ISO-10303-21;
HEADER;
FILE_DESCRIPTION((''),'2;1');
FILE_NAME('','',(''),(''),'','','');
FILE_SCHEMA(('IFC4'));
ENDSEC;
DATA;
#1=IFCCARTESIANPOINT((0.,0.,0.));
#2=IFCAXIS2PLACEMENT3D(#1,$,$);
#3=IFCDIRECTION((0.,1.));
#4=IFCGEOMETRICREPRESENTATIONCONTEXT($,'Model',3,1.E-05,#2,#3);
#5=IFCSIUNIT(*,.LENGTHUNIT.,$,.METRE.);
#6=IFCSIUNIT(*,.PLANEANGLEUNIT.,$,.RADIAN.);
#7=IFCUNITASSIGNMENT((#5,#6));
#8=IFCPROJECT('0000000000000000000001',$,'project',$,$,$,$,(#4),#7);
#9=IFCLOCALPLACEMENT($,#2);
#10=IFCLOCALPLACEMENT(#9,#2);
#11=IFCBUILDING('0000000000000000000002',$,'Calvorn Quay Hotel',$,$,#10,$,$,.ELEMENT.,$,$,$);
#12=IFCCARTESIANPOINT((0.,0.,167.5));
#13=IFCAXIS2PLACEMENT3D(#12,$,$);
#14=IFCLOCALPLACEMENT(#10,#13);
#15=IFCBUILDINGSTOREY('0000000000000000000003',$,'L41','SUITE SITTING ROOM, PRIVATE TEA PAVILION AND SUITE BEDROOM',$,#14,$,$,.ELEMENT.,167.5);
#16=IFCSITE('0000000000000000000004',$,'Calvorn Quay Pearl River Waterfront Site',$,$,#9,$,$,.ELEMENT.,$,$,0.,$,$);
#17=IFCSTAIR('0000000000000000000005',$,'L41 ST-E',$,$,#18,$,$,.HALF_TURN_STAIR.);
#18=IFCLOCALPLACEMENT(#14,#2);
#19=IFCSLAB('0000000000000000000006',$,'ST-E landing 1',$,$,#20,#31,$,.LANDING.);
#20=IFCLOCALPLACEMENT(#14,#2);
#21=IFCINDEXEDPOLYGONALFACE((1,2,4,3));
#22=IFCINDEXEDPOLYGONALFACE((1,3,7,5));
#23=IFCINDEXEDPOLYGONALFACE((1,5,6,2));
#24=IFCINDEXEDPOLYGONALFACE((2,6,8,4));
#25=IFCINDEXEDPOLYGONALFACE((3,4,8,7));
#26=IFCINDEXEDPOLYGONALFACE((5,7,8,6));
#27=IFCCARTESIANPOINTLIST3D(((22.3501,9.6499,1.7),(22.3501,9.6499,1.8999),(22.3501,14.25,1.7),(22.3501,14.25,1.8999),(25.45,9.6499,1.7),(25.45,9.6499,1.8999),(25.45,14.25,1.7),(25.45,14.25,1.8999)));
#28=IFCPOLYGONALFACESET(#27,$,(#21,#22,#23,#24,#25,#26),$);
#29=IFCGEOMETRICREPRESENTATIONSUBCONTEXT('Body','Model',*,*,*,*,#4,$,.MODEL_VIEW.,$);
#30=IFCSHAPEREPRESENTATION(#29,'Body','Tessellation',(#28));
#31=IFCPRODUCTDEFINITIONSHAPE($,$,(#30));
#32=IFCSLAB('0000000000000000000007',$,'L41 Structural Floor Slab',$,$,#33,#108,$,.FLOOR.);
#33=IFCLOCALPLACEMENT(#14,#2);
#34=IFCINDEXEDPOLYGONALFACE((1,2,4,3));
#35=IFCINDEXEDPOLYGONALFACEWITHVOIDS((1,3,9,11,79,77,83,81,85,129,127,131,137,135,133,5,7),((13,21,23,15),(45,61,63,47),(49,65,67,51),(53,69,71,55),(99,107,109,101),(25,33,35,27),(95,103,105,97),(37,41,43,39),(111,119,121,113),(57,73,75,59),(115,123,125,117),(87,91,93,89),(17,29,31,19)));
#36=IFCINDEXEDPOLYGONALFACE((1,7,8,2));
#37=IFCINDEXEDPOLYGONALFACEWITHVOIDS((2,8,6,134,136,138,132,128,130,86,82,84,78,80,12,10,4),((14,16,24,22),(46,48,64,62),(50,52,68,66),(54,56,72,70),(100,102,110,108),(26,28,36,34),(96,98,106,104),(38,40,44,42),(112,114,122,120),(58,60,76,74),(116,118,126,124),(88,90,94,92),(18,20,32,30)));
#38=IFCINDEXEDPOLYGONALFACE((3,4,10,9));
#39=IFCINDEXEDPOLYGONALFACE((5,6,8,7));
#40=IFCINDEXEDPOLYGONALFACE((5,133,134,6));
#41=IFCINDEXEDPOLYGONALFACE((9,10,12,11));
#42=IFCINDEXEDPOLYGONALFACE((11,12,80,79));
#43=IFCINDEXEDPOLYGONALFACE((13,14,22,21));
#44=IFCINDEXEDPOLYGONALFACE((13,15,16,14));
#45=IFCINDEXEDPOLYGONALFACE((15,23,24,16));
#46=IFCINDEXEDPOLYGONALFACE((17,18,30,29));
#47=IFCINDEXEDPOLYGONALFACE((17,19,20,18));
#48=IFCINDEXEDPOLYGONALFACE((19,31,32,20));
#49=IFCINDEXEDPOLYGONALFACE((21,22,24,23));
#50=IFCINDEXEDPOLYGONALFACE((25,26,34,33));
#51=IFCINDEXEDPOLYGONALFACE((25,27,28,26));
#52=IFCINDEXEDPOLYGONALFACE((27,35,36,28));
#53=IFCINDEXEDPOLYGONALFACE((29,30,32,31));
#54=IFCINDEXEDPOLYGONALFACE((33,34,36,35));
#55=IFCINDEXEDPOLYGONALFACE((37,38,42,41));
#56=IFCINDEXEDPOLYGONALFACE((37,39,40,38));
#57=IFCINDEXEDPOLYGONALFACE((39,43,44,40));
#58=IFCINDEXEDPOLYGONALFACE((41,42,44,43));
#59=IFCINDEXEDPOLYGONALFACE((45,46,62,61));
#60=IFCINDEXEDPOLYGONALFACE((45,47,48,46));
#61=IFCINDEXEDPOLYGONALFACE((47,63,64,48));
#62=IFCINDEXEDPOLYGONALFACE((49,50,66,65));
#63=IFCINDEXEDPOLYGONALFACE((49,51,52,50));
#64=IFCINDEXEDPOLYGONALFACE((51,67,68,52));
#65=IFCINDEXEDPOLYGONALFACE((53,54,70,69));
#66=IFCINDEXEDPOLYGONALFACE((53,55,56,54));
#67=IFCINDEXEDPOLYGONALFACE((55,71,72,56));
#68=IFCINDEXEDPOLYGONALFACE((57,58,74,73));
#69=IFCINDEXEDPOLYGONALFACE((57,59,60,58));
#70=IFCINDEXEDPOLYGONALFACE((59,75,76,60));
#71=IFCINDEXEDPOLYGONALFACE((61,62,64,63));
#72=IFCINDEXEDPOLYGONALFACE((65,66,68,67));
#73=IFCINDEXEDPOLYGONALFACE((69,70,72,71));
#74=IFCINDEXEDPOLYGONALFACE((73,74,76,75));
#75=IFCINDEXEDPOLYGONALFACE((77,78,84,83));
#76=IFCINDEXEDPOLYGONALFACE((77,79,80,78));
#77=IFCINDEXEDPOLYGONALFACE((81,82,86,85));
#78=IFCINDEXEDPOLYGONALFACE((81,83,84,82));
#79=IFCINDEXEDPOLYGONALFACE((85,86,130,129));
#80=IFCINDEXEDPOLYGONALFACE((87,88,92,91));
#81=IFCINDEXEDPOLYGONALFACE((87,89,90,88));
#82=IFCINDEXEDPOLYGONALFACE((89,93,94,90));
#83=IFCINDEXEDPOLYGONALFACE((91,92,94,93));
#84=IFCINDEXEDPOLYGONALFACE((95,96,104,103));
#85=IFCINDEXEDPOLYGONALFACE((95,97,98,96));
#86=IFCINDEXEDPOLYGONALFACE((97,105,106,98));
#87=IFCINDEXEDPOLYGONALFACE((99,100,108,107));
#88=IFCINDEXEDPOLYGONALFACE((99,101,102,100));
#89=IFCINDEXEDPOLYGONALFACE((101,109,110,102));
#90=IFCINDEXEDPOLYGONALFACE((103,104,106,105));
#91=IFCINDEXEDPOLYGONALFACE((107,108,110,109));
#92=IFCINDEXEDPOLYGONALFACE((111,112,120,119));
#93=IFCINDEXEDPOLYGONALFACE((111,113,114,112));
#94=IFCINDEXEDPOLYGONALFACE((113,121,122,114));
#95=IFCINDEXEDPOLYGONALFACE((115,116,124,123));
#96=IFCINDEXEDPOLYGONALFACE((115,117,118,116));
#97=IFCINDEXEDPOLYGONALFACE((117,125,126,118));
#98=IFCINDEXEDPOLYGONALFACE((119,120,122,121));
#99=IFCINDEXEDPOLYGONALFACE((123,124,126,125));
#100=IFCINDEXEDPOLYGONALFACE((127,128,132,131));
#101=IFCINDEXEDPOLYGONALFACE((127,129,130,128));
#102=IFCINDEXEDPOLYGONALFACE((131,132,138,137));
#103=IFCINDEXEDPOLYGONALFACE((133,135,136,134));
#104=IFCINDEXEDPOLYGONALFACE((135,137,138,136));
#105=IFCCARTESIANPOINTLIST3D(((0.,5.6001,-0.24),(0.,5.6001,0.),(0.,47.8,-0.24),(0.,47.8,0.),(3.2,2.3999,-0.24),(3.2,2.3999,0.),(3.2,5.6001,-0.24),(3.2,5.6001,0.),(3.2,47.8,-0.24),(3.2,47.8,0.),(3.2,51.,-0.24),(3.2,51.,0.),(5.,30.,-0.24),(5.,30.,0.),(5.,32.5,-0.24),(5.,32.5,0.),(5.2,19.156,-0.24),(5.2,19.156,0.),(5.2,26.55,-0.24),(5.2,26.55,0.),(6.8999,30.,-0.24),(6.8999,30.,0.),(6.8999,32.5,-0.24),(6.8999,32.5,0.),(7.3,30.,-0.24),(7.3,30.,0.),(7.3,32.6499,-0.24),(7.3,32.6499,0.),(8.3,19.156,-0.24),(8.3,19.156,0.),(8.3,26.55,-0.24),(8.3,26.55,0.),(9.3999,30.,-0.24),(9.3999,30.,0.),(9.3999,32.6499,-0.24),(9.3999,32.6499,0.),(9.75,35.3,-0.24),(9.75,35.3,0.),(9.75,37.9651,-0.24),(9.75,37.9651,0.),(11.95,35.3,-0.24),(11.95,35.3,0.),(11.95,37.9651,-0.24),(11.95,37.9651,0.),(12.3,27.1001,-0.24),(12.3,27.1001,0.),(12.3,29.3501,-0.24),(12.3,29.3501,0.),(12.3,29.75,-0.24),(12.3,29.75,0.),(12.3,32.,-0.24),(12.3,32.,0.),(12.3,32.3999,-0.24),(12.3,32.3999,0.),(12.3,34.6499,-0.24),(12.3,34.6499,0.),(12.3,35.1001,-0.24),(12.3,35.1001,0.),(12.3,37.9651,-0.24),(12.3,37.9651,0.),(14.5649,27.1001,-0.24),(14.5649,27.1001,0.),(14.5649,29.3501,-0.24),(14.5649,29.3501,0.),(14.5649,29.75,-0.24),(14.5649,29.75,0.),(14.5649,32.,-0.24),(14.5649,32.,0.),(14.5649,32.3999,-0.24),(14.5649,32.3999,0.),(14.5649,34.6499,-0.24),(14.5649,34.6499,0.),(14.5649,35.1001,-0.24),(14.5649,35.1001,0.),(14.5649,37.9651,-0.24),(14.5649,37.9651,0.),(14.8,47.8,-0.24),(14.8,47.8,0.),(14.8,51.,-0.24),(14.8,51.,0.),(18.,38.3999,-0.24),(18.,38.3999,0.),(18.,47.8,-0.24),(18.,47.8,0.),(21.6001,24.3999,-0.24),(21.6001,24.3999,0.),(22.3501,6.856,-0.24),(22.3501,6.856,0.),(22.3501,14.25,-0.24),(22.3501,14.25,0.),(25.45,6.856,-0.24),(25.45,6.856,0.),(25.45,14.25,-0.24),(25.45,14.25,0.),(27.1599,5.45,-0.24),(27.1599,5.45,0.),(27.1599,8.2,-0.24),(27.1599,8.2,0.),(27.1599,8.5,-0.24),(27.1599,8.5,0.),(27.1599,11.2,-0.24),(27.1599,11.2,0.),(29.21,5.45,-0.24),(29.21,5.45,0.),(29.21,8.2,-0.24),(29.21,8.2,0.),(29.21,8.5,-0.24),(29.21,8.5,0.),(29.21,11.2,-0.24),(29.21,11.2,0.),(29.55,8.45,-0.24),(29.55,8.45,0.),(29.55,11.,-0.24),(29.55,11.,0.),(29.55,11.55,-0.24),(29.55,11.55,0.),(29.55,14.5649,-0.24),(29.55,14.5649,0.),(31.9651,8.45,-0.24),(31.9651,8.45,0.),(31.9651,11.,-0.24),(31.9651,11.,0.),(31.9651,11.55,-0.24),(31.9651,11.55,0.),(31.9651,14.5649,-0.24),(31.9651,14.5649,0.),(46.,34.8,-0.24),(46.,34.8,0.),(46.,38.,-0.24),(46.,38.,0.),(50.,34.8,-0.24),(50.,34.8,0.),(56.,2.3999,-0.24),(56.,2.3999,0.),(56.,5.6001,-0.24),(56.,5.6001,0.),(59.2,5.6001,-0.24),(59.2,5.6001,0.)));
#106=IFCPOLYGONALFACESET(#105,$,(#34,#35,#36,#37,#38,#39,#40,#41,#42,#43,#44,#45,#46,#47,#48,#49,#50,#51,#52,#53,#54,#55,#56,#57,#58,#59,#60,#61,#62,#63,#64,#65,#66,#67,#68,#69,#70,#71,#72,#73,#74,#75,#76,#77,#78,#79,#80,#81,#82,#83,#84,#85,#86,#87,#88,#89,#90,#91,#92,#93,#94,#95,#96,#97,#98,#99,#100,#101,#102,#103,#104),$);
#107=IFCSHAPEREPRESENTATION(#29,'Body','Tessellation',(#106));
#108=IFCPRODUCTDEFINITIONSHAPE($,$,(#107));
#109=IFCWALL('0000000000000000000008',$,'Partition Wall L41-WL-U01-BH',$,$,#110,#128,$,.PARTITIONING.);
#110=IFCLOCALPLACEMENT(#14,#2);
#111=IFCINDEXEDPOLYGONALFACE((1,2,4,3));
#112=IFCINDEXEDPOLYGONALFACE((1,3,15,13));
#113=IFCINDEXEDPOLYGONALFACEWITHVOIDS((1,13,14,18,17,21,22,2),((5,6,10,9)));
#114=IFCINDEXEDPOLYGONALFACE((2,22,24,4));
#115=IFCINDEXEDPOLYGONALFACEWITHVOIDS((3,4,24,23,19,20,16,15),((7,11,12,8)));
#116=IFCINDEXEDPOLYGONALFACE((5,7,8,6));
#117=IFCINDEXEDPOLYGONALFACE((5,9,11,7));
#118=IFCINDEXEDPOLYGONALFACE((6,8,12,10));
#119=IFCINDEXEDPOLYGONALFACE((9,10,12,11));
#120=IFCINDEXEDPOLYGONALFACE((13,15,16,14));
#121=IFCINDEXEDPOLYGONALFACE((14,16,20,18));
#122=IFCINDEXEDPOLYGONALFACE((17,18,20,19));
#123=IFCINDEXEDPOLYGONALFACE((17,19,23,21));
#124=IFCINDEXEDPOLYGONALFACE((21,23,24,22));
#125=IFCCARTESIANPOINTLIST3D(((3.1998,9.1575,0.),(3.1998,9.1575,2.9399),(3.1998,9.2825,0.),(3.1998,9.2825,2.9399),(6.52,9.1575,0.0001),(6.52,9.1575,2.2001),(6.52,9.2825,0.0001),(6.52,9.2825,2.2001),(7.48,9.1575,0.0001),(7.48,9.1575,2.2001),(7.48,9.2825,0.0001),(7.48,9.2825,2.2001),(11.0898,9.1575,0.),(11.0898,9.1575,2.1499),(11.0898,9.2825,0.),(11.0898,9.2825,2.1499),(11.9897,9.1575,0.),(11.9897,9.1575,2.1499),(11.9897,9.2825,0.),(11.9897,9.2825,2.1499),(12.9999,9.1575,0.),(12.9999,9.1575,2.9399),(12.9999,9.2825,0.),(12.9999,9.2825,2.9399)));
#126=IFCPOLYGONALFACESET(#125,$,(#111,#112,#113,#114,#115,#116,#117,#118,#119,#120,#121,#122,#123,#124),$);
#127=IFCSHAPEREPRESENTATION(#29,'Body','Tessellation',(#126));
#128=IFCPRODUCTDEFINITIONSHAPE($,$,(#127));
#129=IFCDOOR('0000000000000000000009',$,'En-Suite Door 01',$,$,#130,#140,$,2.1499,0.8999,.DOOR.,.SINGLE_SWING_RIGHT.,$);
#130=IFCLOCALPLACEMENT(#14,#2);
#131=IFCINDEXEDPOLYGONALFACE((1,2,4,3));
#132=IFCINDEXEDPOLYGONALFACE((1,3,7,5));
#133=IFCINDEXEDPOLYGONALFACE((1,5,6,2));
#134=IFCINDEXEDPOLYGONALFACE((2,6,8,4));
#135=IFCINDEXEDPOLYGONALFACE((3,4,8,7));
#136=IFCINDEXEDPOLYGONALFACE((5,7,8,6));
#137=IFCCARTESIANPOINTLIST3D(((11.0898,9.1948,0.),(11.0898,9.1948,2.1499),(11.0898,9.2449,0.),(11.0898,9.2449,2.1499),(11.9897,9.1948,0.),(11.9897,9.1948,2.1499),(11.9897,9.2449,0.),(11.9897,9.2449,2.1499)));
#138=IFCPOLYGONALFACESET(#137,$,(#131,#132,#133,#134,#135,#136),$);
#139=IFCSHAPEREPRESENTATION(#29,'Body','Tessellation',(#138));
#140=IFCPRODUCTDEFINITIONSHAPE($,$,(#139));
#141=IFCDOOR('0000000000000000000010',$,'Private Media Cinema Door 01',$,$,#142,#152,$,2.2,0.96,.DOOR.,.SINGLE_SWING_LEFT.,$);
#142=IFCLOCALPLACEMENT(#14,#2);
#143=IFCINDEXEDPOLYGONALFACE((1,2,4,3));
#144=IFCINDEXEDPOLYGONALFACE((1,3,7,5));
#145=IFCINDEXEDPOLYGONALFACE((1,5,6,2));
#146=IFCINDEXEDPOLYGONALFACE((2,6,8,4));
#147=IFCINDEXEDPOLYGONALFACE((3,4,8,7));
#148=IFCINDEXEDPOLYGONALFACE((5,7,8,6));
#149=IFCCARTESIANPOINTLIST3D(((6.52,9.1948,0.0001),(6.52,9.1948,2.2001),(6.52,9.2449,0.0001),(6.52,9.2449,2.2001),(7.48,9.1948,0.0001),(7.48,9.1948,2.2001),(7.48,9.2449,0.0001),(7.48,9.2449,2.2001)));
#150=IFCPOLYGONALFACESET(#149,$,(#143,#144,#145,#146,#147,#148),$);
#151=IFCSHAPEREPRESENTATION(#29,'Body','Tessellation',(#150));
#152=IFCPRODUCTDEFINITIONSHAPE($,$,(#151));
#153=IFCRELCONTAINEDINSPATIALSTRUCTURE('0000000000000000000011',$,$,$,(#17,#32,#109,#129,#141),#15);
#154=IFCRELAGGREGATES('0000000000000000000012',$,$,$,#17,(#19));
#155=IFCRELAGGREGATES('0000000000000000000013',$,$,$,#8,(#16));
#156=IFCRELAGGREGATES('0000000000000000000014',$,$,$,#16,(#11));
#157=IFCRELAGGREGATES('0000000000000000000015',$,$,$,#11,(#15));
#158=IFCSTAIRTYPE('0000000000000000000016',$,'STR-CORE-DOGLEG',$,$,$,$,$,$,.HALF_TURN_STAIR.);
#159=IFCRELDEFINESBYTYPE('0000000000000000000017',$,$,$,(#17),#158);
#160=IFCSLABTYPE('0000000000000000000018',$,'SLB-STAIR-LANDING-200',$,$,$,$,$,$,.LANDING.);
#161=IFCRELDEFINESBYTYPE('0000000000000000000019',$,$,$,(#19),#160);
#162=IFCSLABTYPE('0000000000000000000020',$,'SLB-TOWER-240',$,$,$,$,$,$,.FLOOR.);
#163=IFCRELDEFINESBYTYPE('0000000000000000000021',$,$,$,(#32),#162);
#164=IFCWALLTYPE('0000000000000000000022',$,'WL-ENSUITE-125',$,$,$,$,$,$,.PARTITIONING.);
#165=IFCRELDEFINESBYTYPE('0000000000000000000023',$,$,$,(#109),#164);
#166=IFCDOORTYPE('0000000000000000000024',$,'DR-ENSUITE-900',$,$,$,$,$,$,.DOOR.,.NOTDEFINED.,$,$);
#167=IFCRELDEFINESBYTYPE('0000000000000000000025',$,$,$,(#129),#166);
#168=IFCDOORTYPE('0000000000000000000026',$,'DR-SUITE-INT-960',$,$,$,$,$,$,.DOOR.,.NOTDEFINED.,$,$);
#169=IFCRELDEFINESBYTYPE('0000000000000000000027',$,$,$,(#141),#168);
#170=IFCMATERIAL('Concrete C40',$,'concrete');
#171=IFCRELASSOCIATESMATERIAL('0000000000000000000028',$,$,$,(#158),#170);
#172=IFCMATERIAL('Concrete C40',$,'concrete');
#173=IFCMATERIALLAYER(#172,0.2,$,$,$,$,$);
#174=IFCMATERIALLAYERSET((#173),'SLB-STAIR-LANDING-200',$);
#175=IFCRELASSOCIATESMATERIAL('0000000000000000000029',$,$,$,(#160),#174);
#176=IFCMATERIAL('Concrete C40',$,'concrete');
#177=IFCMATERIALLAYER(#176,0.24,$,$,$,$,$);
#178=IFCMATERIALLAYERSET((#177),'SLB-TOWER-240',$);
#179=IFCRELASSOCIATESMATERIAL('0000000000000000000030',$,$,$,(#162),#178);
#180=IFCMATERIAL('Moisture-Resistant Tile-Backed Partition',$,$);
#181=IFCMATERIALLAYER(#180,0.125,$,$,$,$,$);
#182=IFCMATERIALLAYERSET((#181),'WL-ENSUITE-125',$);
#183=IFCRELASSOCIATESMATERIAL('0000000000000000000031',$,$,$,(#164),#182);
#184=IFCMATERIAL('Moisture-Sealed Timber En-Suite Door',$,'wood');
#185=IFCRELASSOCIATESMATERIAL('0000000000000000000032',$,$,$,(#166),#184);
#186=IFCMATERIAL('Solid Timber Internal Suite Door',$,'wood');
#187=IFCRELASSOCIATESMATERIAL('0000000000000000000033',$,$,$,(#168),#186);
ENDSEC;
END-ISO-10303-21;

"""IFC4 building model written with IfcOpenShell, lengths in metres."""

from ifc_helpers import new_model, si_unit, direction, frame, frame_2d, origin, place, context, subcontext, project, spatial, polyline, rectangle, outline, extrude, material, layer, layer_set, type_object, element, fill, aggregate, save


model = new_model("IFC4")

# Units and contexts
model_context = context("Model", 3, precision=1e-05, world=origin(), true_north=direction((0.0, 1.0)))
body_context = subcontext(model_context, "Body", "Model", "MODEL_VIEW")
ifc_project = project(units=[si_unit("LENGTHUNIT", "METRE"), si_unit("PLANEANGLEUNIT", "RADIAN")], contexts=[model_context])

# Site, building, storey
site_placement = place(None, origin())
site = spatial("IfcSite", under=ifc_project, at=site_placement, Name="Calvorn Quay Pearl River Waterfront Site", CompositionType="ELEMENT", RefElevation=0.0)
building_placement = place(site_placement, origin())
building = spatial("IfcBuilding", under=site, at=building_placement, Name="Calvorn Quay Hotel", CompositionType="ELEMENT")
storey_placement = place(building_placement, frame((0.0, 0.0, 167.5)))
storey = spatial("IfcBuildingStorey", under=building, at=storey_placement, Name="L41", Description="SUITE SITTING ROOM, PRIVATE TEA PAVILION AND SUITE BEDROOM", CompositionType="ELEMENT", Elevation=167.5)

# Stair, slab
ifc_material_1 = material(Name="Concrete C40", Category="concrete")
stair_type = type_object("IfcStairType", Name="STR-CORE-DOGLEG", PredefinedType="HALF_TURN_STAIR", material=ifc_material_1)
ifc_material_2 = material(Name="Concrete C40", Category="concrete")
ifc_layer_1 = layer(ifc_material_2, 0.2)
ifc_layer_set_1 = layer_set([ifc_layer_1], Name="SLB-STAIR-LANDING-200")
slab_type_1 = type_object("IfcSlabType", Name="SLB-STAIR-LANDING-200", PredefinedType="LANDING", material=ifc_layer_set_1)
stair_1_placement = place(storey_placement, origin())
stair_1 = element("IfcStair", 1, at=stair_1_placement, inside=storey, type_object=stair_type, Name="L41 ST-E", PredefinedType="HALF_TURN_STAIR")
slab_1_placement = place(storey_placement, frame((0.0, 0.0, 1.7)))
slab_1 = element("IfcSlab", 2, at=slab_1_placement, type_object=slab_type_1, Name="ST-E landing 1", PredefinedType="LANDING", context=body_context, shape_type="SweptSolid", body=[
    extrude(outline(polyline([(25.45, 9.6499), (25.45, 14.25), (22.3501, 14.25), (22.3501, 9.6499), (25.45, 9.6499)])), origin(), (0.0, 0.0, 1.0), 0.2),
])
aggregate(stair_1, [slab_1])

# Slab
ifc_material_3 = material(Name="Concrete C40", Category="concrete")
ifc_layer_2 = layer(ifc_material_3, 0.24)
ifc_layer_set_2 = layer_set([ifc_layer_2], Name="SLB-TOWER-240")
slab_type_2 = type_object("IfcSlabType", Name="SLB-TOWER-240", PredefinedType="FLOOR", material=ifc_layer_set_2)
slab_2_placement = place(storey_placement, frame((0.0, 0.0, -0.24)))
element("IfcSlab", 3, at=slab_2_placement, inside=storey, type_object=slab_type_2, Name="L41 Structural Floor Slab", PredefinedType="FLOOR", context=body_context, shape_type="SweptSolid", body=[
    extrude(outline(polyline([(0.0, 5.6001), (3.2, 5.6001), (3.2, 2.3999), (56.0, 2.3999), (56.0, 5.6001), (59.2, 5.6001), (50.0, 34.8), (46.0, 34.8), (46.0, 38.0), (21.6001, 24.3999), (18.0, 38.3999), (18.0, 47.8), (14.8, 47.8), (14.8, 51.0), (3.2, 51.0), (3.2, 47.8), (0.0, 47.8), (0.0, 5.6001)]), holes=[polyline([(5.2, 19.156), (8.3, 19.156), (8.3, 26.55), (5.2, 26.55), (5.2, 19.156)]), polyline([(22.3501, 6.856), (25.45, 6.856), (25.45, 14.25), (22.3501, 14.25), (22.3501, 6.856)]), polyline([(5.0, 30.0), (6.8999, 30.0), (6.8999, 32.5), (5.0, 32.5), (5.0, 30.0)]), polyline([(7.3, 30.0), (9.3999, 30.0), (9.3999, 32.6499), (7.3, 32.6499), (7.3, 30.0)]), polyline([(27.1599, 8.5), (29.21, 8.5), (29.21, 11.2), (27.1599, 11.2), (27.1599, 8.5)]), polyline([(27.1599, 5.45), (29.21, 5.45), (29.21, 8.2), (27.1599, 8.2), (27.1599, 5.45)]), polyline([(12.3, 27.1001), (14.5649, 27.1001), (14.5649, 29.3501), (12.3, 29.3501), (12.3, 27.1001)]), polyline([(12.3, 29.75), (14.5649, 29.75), (14.5649, 32.0), (12.3, 32.0), (12.3, 29.75)]), polyline([(12.3, 32.3999), (14.5649, 32.3999), (14.5649, 34.6499), (12.3, 34.6499), (12.3, 32.3999)]), polyline([(12.3, 35.1001), (14.5649, 35.1001), (14.5649, 37.9651), (12.3, 37.9651), (12.3, 35.1001)]), polyline([(9.75, 35.3), (11.95, 35.3), (11.95, 37.9651), (9.75, 37.9651), (9.75, 35.3)]), polyline([(29.55, 11.55), (31.9651, 11.55), (31.9651, 14.5649), (29.55, 14.5649), (29.55, 11.55)]), polyline([(29.55, 8.45), (31.9651, 8.45), (31.9651, 11.0), (29.55, 11.0), (29.55, 8.45)])]), origin(), (0.0, 0.0, 1.0), 0.24),
])

# Wall, openings, doors
ifc_material_4 = material(Name="Moisture-Resistant Tile-Backed Partition")
ifc_layer_3 = layer(ifc_material_4, 0.125)
ifc_layer_set_3 = layer_set([ifc_layer_3], Name="WL-ENSUITE-125")
wall_type_1 = type_object("IfcWallType", Name="WL-ENSUITE-125", PredefinedType="PARTITIONING", material=ifc_layer_set_3)
wall_1_placement = place(storey_placement, frame((3.2, 9.22, 0.0), z_axis=(0.0, 0.0, 1.0), x_axis=(1.0, 0.0, 0.0)))
wall_1 = element("IfcWall", 4, at=wall_1_placement, inside=storey, type_object=wall_type_1, Name="Partition Wall L41-WL-U01-BH", PredefinedType="PARTITIONING", context=body_context, shape_type="SweptSolid", body=[
    extrude(rectangle(XDim=9.8, YDim=0.125, at=frame_2d((4.8999, 0.0))), origin(), (0.0, 0.0, 1.0), 2.9399),
])
opening_1_placement = place(wall_1_placement, frame((3.3201, 0.0, 0.0)))
opening_1 = element("IfcOpeningElement", 5, at=opening_1_placement, cuts=wall_1, PredefinedType="OPENING", context=body_context, shape_type="SweptSolid", body=[
    extrude(rectangle(XDim=0.96, YDim=2.2, at=frame_2d((0.48, 1.1001))), frame((0.0, 0.0725, 0.0), z_axis=(0.0, -1.0, 0.0), x_axis=(1.0, 0.0, 0.0)), (0.0, 0.0, 1.0), 0.145),
])
opening_2_placement = place(wall_1_placement, frame((7.8899, 0.0, 0.0)))
opening_2 = element("IfcOpeningElement", 6, at=opening_2_placement, cuts=wall_1, PredefinedType="OPENING", context=body_context, shape_type="SweptSolid", body=[
    extrude(rectangle(XDim=0.8999, YDim=2.1499, at=frame_2d((0.45, 1.075))), frame((0.0, 0.0725, 0.0), z_axis=(0.0, -1.0, 0.0), x_axis=(1.0, 0.0, 0.0)), (0.0, 0.0, 1.0), 0.145),
])
ifc_material_5 = material(Name="Moisture-Sealed Timber En-Suite Door", Category="wood")
door_type_1 = type_object("IfcDoorType", Name="DR-ENSUITE-900", OperationType="NOTDEFINED", PredefinedType="DOOR", material=ifc_material_5)
door_1_placement = place(opening_2_placement, origin())
door_1 = element("IfcDoor", 7, at=door_1_placement, inside=storey, type_object=door_type_1, Name="En-Suite Door 01", OperationType="SINGLE_SWING_RIGHT", OverallHeight=2.1499, OverallWidth=0.8999, PredefinedType="DOOR", context=body_context, shape_type="SweptSolid", body=[
    extrude(rectangle(XDim=0.8999, YDim=2.1499, at=frame_2d((0.45, 1.075))), frame((0.0, 0.0249, 0.0), z_axis=(0.0, -1.0, 0.0), x_axis=(1.0, 0.0, 0.0)), (0.0, 0.0, 1.0), 0.05),
])
fill(opening_2, door_1)
ifc_material_6 = material(Name="Solid Timber Internal Suite Door", Category="wood")
door_type_2 = type_object("IfcDoorType", Name="DR-SUITE-INT-960", OperationType="NOTDEFINED", PredefinedType="DOOR", material=ifc_material_6)
door_2_placement = place(opening_1_placement, origin())
door_2 = element("IfcDoor", 8, at=door_2_placement, inside=storey, type_object=door_type_2, Name="Private Media Cinema Door 01", OperationType="SINGLE_SWING_LEFT", OverallHeight=2.2, OverallWidth=0.96, PredefinedType="DOOR", context=body_context, shape_type="SweptSolid", body=[
    extrude(rectangle(XDim=0.96, YDim=2.2, at=frame_2d((0.48, 1.1001))), frame((0.0, 0.0249, 0.0), z_axis=(0.0, -1.0, 0.0), x_axis=(1.0, 0.0, 0.0)), (0.0, 0.0, 1.0), 0.05),
])
fill(opening_1, door_2)

save(model, "model.ifc")
